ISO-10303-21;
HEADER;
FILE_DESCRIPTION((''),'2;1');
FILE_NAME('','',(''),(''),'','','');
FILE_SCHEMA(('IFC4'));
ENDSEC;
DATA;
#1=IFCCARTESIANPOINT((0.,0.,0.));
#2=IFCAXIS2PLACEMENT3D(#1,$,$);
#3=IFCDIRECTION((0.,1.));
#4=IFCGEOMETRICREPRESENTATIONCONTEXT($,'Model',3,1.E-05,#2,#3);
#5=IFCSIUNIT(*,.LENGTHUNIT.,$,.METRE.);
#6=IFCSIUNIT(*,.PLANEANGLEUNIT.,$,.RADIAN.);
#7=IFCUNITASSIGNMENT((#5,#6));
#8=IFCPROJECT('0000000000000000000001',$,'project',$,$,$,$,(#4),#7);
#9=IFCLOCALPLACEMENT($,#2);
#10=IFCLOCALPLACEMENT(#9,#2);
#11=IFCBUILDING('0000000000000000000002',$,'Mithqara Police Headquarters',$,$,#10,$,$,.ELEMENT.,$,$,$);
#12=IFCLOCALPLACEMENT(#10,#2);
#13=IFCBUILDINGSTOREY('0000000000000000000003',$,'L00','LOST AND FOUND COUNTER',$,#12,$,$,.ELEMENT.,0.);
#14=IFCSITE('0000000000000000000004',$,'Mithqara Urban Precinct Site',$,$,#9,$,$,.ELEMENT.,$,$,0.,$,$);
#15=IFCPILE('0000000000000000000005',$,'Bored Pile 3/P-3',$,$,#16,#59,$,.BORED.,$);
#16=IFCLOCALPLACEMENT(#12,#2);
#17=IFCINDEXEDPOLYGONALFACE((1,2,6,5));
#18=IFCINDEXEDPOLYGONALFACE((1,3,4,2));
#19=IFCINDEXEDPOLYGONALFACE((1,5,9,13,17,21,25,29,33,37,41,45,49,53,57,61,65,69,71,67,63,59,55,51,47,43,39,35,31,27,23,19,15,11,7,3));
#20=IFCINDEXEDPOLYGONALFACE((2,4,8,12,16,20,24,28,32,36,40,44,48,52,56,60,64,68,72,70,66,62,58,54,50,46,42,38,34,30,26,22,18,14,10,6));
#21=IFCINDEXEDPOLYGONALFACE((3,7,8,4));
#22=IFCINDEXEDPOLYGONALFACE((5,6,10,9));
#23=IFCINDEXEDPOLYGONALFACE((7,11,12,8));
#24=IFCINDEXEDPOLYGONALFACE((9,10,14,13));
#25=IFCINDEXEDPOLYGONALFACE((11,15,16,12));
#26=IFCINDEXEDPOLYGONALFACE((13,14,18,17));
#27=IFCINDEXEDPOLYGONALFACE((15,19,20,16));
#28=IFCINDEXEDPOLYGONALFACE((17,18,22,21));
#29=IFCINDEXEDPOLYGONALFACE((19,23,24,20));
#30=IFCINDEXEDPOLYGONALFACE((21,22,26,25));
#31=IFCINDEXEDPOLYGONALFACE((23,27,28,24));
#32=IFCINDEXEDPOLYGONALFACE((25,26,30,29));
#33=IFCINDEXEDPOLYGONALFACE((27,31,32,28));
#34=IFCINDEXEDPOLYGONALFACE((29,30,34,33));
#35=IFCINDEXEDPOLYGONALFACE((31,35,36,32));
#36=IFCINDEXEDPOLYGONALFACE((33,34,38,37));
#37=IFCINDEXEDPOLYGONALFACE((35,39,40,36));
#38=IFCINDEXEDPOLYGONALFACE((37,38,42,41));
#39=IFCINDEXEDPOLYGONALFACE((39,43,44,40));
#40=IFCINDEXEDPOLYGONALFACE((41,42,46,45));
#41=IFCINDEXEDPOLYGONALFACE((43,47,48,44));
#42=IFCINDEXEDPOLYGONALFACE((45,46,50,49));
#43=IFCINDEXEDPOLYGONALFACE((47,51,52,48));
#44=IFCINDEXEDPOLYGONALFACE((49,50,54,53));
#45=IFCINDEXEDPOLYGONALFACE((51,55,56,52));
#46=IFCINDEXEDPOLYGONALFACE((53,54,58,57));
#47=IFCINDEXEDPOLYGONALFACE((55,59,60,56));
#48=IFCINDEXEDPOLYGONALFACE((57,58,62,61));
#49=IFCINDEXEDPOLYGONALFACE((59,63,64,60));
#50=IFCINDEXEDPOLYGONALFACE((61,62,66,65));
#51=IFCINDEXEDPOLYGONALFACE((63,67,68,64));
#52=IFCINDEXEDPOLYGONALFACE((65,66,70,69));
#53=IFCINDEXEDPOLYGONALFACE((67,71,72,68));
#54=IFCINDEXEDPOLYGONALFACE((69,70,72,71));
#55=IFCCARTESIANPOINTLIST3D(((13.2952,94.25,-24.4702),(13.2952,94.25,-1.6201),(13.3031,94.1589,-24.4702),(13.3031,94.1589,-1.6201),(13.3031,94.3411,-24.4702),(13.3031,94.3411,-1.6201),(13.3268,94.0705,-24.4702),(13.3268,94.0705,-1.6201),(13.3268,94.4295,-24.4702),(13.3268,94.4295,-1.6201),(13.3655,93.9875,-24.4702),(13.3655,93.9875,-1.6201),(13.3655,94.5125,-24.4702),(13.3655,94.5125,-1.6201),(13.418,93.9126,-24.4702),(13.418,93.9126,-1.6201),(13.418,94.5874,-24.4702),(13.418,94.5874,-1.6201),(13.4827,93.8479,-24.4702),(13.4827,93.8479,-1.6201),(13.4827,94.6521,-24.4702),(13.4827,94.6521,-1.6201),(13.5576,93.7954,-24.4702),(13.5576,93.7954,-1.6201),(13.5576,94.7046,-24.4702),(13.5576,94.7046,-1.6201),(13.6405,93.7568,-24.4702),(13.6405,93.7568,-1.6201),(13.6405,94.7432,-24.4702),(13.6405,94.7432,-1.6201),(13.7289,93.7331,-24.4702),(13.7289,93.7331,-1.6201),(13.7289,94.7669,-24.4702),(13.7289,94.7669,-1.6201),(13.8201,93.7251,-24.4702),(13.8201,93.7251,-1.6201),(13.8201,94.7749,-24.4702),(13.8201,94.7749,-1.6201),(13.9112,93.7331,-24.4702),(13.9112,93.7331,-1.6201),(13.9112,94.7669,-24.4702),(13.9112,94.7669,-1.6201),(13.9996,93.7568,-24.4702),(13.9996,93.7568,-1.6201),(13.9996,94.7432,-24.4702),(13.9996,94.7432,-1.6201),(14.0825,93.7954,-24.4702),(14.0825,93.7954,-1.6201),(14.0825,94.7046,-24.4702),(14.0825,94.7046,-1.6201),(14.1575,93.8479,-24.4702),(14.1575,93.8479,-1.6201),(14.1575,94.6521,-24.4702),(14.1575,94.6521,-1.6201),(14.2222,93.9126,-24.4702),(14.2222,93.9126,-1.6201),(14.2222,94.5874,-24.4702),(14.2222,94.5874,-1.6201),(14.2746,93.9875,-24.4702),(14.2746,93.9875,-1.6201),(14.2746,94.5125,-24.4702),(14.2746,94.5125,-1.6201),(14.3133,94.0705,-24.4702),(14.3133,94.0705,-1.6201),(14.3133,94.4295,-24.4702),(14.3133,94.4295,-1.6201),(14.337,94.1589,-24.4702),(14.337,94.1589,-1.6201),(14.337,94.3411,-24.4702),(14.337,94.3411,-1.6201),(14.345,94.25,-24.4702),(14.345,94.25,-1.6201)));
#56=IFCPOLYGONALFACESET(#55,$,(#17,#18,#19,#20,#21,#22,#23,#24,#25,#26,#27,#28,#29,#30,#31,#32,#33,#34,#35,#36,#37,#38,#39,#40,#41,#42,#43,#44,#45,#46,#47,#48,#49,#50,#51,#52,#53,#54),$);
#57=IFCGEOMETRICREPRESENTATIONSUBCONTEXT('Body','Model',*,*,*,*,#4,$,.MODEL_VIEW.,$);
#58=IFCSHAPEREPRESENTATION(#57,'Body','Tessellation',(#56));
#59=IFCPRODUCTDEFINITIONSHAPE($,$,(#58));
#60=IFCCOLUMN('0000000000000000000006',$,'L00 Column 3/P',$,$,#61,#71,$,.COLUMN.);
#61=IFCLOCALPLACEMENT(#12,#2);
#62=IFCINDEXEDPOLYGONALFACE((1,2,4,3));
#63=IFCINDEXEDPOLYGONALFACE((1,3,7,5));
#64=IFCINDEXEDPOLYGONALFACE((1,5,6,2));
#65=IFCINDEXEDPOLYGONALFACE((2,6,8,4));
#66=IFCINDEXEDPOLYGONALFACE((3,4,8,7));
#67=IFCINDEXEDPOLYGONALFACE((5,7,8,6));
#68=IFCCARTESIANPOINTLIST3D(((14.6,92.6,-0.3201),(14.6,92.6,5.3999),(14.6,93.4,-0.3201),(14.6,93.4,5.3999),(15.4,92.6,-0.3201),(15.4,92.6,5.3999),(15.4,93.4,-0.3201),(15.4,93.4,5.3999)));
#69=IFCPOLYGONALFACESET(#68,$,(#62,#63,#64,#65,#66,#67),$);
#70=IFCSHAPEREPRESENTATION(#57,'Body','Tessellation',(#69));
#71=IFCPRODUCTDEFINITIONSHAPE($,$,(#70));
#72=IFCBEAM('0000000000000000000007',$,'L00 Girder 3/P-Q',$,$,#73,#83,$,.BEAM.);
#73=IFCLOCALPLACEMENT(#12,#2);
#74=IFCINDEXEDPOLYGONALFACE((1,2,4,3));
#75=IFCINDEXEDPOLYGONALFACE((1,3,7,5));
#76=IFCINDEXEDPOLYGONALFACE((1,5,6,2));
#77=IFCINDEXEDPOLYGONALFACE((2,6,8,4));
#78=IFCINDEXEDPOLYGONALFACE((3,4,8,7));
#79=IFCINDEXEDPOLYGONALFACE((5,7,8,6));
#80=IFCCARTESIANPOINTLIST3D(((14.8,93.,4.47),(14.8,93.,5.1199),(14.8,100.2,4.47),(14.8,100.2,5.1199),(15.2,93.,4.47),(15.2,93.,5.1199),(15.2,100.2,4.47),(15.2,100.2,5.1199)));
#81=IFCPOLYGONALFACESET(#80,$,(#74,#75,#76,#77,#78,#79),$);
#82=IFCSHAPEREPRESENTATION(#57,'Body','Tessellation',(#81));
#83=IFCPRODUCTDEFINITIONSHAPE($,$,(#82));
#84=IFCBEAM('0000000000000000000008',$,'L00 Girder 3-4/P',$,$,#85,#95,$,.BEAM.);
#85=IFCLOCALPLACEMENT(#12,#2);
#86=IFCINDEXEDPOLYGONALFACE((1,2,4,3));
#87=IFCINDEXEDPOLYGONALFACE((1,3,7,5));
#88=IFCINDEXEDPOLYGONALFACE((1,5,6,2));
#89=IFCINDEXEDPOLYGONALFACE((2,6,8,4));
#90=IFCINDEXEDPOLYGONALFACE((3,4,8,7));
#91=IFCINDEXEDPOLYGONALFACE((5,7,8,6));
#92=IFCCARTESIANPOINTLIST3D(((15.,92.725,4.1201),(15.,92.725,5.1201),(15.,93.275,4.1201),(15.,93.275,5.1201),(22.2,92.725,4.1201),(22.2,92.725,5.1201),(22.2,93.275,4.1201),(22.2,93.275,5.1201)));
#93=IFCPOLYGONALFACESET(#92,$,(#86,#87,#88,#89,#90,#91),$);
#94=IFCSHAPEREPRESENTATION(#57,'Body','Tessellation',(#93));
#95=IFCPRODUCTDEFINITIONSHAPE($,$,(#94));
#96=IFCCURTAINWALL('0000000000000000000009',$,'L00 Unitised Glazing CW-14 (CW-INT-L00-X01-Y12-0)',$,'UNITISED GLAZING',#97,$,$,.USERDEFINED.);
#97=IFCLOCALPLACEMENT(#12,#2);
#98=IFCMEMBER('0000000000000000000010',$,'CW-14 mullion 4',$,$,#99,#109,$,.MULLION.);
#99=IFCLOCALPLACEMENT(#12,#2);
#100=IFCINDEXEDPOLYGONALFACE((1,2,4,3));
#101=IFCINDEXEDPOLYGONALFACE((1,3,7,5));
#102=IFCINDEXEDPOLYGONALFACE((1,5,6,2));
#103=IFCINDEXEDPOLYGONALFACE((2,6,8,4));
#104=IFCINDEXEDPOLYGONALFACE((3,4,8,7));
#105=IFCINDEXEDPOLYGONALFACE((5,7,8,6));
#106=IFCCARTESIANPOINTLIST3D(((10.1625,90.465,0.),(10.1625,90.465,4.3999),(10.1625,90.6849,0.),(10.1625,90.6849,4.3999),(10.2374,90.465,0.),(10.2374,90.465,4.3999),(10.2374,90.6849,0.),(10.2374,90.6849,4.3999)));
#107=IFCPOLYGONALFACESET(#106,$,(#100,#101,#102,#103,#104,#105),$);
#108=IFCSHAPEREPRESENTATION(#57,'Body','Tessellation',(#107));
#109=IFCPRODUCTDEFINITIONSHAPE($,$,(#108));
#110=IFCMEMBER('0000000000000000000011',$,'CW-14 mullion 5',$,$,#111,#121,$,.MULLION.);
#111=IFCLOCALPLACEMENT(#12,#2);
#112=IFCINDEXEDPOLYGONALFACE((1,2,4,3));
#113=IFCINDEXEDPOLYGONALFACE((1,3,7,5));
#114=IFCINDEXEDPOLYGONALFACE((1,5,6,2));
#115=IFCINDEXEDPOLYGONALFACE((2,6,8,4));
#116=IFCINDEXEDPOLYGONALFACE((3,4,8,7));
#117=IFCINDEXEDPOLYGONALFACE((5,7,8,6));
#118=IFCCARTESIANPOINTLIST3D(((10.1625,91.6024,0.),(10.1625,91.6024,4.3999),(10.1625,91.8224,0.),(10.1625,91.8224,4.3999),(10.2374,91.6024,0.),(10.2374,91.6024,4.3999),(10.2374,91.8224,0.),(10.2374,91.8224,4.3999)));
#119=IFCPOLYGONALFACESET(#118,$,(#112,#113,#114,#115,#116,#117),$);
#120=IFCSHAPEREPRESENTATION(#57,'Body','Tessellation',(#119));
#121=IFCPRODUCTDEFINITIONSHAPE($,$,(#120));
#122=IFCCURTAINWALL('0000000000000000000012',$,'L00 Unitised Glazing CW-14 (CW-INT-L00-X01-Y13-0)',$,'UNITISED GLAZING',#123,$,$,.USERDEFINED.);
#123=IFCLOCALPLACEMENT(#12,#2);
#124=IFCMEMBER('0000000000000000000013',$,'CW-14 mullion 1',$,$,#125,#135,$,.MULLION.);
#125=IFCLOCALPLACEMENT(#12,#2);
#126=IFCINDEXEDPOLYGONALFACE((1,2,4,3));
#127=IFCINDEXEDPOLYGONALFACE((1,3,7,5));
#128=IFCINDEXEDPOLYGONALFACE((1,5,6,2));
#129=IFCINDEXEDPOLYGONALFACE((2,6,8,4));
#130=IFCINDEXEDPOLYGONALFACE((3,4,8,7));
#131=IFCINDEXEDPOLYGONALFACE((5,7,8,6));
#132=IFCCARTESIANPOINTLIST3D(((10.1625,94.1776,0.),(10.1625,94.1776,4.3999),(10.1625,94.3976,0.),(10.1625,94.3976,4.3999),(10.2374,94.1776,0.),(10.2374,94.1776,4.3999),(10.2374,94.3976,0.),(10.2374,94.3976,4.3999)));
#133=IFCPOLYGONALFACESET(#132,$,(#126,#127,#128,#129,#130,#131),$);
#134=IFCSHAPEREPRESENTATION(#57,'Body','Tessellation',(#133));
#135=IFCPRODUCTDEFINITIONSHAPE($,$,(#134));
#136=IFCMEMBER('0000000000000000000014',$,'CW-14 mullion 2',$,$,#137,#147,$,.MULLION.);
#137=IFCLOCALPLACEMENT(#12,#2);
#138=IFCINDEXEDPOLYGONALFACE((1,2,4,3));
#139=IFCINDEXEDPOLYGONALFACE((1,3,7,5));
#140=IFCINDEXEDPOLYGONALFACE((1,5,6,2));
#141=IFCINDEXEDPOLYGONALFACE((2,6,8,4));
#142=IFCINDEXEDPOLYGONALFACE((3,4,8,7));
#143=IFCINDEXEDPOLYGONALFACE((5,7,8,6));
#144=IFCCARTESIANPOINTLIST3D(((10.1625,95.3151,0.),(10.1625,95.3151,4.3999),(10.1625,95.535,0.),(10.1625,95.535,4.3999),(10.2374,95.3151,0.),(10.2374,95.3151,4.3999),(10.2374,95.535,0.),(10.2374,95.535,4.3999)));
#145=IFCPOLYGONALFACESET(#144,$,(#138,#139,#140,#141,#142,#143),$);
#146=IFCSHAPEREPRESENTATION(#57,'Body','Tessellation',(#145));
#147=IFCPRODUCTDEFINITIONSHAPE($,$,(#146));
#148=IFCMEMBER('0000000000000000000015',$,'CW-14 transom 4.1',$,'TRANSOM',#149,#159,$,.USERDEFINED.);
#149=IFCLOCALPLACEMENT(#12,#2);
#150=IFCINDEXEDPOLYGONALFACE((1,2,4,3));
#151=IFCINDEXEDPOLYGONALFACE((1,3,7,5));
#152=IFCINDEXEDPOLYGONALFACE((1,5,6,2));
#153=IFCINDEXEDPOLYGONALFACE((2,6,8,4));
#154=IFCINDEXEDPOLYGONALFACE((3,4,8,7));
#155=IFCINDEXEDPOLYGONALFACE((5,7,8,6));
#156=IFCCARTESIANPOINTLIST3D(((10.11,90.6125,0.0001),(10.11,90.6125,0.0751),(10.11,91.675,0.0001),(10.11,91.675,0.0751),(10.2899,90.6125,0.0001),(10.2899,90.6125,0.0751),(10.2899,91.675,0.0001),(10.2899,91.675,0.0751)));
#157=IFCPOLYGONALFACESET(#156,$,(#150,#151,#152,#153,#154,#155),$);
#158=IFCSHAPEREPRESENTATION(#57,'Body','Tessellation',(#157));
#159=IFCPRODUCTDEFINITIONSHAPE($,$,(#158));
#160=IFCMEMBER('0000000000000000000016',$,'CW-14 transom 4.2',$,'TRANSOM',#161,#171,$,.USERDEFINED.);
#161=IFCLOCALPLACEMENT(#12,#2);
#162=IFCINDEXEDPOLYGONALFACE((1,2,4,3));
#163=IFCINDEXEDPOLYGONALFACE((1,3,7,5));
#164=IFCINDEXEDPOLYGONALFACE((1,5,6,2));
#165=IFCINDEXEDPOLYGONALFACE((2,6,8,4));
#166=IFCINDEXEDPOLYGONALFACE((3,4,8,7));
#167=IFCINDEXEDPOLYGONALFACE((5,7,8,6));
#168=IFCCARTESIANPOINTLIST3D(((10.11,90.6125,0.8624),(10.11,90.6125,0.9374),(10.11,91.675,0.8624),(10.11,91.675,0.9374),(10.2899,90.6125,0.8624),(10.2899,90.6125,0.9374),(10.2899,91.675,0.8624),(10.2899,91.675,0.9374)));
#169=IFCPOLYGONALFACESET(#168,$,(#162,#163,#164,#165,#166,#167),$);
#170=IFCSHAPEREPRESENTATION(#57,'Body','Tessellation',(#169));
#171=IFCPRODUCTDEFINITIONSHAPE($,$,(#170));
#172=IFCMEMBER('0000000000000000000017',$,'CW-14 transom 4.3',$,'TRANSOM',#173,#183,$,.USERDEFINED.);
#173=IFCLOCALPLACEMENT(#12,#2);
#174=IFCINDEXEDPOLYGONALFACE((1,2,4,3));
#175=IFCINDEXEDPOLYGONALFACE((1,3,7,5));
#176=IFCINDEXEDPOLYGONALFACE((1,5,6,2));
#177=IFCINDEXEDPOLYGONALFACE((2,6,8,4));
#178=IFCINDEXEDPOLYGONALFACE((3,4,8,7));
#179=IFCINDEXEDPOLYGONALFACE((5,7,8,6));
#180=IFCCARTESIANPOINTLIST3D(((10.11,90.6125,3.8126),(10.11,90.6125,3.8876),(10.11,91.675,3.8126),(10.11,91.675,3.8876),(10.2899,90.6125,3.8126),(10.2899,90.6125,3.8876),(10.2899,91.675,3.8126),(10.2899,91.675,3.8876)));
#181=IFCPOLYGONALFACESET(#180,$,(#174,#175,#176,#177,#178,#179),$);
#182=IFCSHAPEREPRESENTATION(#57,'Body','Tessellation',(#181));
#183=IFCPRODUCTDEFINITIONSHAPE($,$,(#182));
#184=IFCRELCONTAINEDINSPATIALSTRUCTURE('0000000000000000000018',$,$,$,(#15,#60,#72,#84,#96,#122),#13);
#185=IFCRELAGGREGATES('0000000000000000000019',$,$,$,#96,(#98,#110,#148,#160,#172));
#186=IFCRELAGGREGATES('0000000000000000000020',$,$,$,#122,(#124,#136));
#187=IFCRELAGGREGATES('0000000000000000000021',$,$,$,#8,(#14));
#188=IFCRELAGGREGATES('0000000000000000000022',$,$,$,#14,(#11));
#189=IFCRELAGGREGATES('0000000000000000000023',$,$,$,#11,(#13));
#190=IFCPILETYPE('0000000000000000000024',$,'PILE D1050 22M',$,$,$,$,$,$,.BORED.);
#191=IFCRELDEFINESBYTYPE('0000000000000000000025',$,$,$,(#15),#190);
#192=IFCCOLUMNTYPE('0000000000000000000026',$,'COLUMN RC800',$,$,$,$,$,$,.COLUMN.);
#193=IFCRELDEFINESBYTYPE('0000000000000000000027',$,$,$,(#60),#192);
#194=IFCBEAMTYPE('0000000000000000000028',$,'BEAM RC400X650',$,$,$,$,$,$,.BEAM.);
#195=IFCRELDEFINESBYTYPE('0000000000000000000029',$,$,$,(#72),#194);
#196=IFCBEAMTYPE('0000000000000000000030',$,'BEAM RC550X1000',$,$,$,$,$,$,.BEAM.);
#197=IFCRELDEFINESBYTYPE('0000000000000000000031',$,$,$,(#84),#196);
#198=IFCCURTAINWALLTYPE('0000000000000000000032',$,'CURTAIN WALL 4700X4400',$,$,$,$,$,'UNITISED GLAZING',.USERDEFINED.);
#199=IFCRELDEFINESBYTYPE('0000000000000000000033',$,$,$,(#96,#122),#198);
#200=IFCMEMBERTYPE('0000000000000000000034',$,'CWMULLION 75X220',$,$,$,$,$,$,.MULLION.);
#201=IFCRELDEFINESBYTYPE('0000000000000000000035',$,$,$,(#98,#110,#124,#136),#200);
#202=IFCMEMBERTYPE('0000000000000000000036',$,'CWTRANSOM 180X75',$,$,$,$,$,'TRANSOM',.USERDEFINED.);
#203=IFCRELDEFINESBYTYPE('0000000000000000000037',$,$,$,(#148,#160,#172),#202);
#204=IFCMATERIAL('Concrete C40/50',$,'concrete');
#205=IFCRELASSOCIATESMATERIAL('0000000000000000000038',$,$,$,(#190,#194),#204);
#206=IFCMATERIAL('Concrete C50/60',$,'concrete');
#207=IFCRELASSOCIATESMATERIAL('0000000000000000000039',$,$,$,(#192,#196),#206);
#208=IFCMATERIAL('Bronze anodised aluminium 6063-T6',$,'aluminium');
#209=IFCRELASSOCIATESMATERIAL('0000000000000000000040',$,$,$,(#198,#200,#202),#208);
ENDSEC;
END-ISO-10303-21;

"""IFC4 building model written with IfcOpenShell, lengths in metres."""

from ifc_helpers import new_model, si_unit, direction, frame, origin, origin_2d, place, context, subcontext, project, spatial, rectangle, circle, extrude, material, material_profile, profile_set, type_object, element, aggregate, save


model = new_model("IFC4")

# Units and contexts
model_context = context("Model", 3, precision=1e-05, world=origin(), true_north=direction((0.0, 1.0)))
body_context = subcontext(model_context, "Body", "Model", "MODEL_VIEW")
ifc_project = project(units=[si_unit("LENGTHUNIT", "METRE"), si_unit("PLANEANGLEUNIT", "RADIAN")], contexts=[model_context])

# Site, building, storey
site_placement = place(None, origin())
site = spatial("IfcSite", under=ifc_project, at=site_placement, Name="Mithqara Urban Precinct Site", CompositionType="ELEMENT", RefElevation=0.0)
building_placement = place(site_placement, origin())
building = spatial("IfcBuilding", under=site, at=building_placement, Name="Mithqara Police Headquarters", CompositionType="ELEMENT")
storey_placement = place(building_placement, origin())
storey = spatial("IfcBuildingStorey", under=building, at=storey_placement, Name="L00", Description="LOST AND FOUND COUNTER", CompositionType="ELEMENT", Elevation=0.0)

# Shared definitions
ifc_material_1 = material(Name="Concrete C40/50", Category="concrete")

# Pile
ifc_material_profile_1 = material_profile(ifc_material_1, circle(Radius=0.5249, at=origin_2d()), Name="PILE D1050")
ifc_profile_set_1 = profile_set([ifc_material_profile_1], Name="Concrete C40/50")
pile_type = type_object("IfcPileType", Name="PILE D1050 22M", PredefinedType="BORED", material=ifc_profile_set_1)
for number, where, z_axis, x_axis, name in (
    (1, (13.8201, 94.25, -1.6201), (0.0, 0.0, -1.0), (1.0, 0.0, 0.0), "Bored Pile 3/P-3"),
):
    element("IfcPile", number, at=place(storey_placement, frame(where, z_axis=z_axis, x_axis=x_axis)), inside=storey, type_object=pile_type, Name=name, PredefinedType="BORED", context=body_context, shape_type="SweptSolid", body=[
        extrude(circle(Radius=0.5249, at=origin_2d()), origin(), (0.0, 0.0, 1.0), 22.8501),
    ])

# Column
ifc_material_2 = material(Name="Concrete C50/60", Category="concrete")
ifc_material_profile_2 = material_profile(ifc_material_2, rectangle(XDim=0.8, YDim=0.8, at=origin_2d()), Name="RC 800x800")
ifc_profile_set_2 = profile_set([ifc_material_profile_2], Name="Concrete C50/60")
column_type = type_object("IfcColumnType", Name="COLUMN RC800", PredefinedType="COLUMN", material=ifc_profile_set_2)
column_placement = place(storey_placement, frame((15.0, 93.0, -0.3201), z_axis=(0.0, 0.0, 1.0), x_axis=(1.0, 0.0, 0.0)))
element("IfcColumn", 2, at=column_placement, inside=storey, type_object=column_type, Name="L00 Column 3/P", PredefinedType="COLUMN", context=body_context, shape_type="SweptSolid", body=[
    extrude(rectangle(XDim=0.8, YDim=0.8, at=origin_2d()), origin(), (0.0, 0.0, 1.0), 5.72),
])

# Beams
ifc_material_profile_3 = material_profile(ifc_material_1, rectangle(XDim=0.3999, YDim=0.6499, at=origin_2d()), Name="RC 400x650")
ifc_profile_set_3 = profile_set([ifc_material_profile_3], Name="Concrete C40/50")
beam_type_1 = type_object("IfcBeamType", Name="BEAM RC400X650", PredefinedType="BEAM", material=ifc_profile_set_3)
beam_1_placement = place(storey_placement, frame((15.0, 93.0, 4.7949), z_axis=(0.0, 1.0, 0.0), x_axis=(-1.0, 0.0, 0.0)))
element("IfcBeam", 3, at=beam_1_placement, inside=storey, type_object=beam_type_1, Name="L00 Girder 3/P-Q", PredefinedType="BEAM", context=body_context, shape_type="SweptSolid", body=[
    extrude(rectangle(XDim=0.3999, YDim=0.6499, at=origin_2d()), origin(), (0.0, 0.0, 1.0), 7.2),
])
ifc_material_profile_4 = material_profile(ifc_material_2, rectangle(XDim=0.55, YDim=1.0, at=origin_2d()), Name="RC 550x1000")
ifc_profile_set_4 = profile_set([ifc_material_profile_4], Name="Concrete C50/60")
beam_type_2 = type_object("IfcBeamType", Name="BEAM RC550X1000", PredefinedType="BEAM", material=ifc_profile_set_4)
beam_2_placement = place(storey_placement, frame((15.0, 93.0, 4.6201), z_axis=(1.0, 0.0, 0.0), x_axis=(0.0, 1.0, 0.0)))
element("IfcBeam", 4, at=beam_2_placement, inside=storey, type_object=beam_type_2, Name="L00 Girder 3-4/P", PredefinedType="BEAM", context=body_context, shape_type="SweptSolid", body=[
    extrude(rectangle(XDim=0.55, YDim=1.0, at=origin_2d()), origin(), (0.0, 0.0, 1.0), 7.2),
])

# Curtain walls, members
ifc_material_3 = material(Name="Bronze anodised aluminium 6063-T6", Category="aluminium")
curtain_wall_type = type_object("IfcCurtainWallType", Name="CURTAIN WALL 4700X4400", ElementType="UNITISED GLAZING", PredefinedType="USERDEFINED", material=ifc_material_3)
curtain_wall_1_placement = place(storey_placement, origin())
curtain_wall_1 = element("IfcCurtainWall", 5, at=curtain_wall_1_placement, inside=storey, type_object=curtain_wall_type, Name="L00 Unitised Glazing CW-14 (CW-INT-L00-X01-Y12-0)", ObjectType="UNITISED GLAZING", PredefinedType="USERDEFINED")
ifc_material_profile_5 = material_profile(ifc_material_3, rectangle(XDim=0.075, YDim=0.22, at=origin_2d()), Name="CWM 75x220")
ifc_profile_set_5 = profile_set([ifc_material_profile_5], Name="Bronze anodised aluminium 6063-T6")
member_type_1 = type_object("IfcMemberType", Name="CWMULLION 75X220", PredefinedType="MULLION", material=ifc_profile_set_5)
member_1_placement = place(storey_placement, frame((10.2, 90.575, 0.0), z_axis=(0.0, 0.0, 1.0), x_axis=(-1.0, 0.0, 0.0)))
member_1 = element("IfcMember", 6, at=member_1_placement, type_object=member_type_1, Name="CW-14 mullion 4", PredefinedType="MULLION", context=body_context, shape_type="SweptSolid", body=[
    extrude(rectangle(XDim=0.075, YDim=0.22, at=origin_2d()), origin(), (0.0, 0.0, 1.0), 4.3999),
])
member_2_placement = place(storey_placement, frame((10.2, 91.7124, 0.0), z_axis=(0.0, 0.0, 1.0), x_axis=(-1.0, 0.0, 0.0)))
member_2 = element("IfcMember", 7, at=member_2_placement, type_object=member_type_1, Name="CW-14 mullion 5", PredefinedType="MULLION", context=body_context, shape_type="SweptSolid", body=[
    extrude(rectangle(XDim=0.075, YDim=0.22, at=origin_2d()), origin(), (0.0, 0.0, 1.0), 4.3999),
])
curtain_wall_2_placement = place(storey_placement, origin())
curtain_wall_2 = element("IfcCurtainWall", 8, at=curtain_wall_2_placement, inside=storey, type_object=curtain_wall_type, Name="L00 Unitised Glazing CW-14 (CW-INT-L00-X01-Y13-0)", ObjectType="UNITISED GLAZING", PredefinedType="USERDEFINED")
member_3_placement = place(storey_placement, frame((10.2, 94.2876, 0.0), z_axis=(0.0, 0.0, 1.0), x_axis=(-1.0, 0.0, 0.0)))
member_3 = element("IfcMember", 9, at=member_3_placement, type_object=member_type_1, Name="CW-14 mullion 1", PredefinedType="MULLION", context=body_context, shape_type="SweptSolid", body=[
    extrude(rectangle(XDim=0.075, YDim=0.22, at=origin_2d()), origin(), (0.0, 0.0, 1.0), 4.3999),
])
member_4_placement = place(storey_placement, frame((10.2, 95.425, 0.0), z_axis=(0.0, 0.0, 1.0), x_axis=(-1.0, 0.0, 0.0)))
member_4 = element("IfcMember", 10, at=member_4_placement, type_object=member_type_1, Name="CW-14 mullion 2", PredefinedType="MULLION", context=body_context, shape_type="SweptSolid", body=[
    extrude(rectangle(XDim=0.075, YDim=0.22, at=origin_2d()), origin(), (0.0, 0.0, 1.0), 4.3999),
])

# Members
ifc_material_profile_6 = material_profile(ifc_material_3, rectangle(XDim=0.1799, YDim=0.075, at=origin_2d()), Name="CWT 180x75")
ifc_profile_set_6 = profile_set([ifc_material_profile_6], Name="Bronze anodised aluminium 6063-T6")
member_type_2 = type_object("IfcMemberType", Name="CWTRANSOM 180X75", ElementType="TRANSOM", PredefinedType="USERDEFINED", material=ifc_profile_set_6)
member_5_placement = place(storey_placement, frame((10.2, 90.6125, 0.0376), z_axis=(0.0, 1.0, 0.0), x_axis=(-1.0, 0.0, 0.0)))
member_5 = element("IfcMember", 11, at=member_5_placement, type_object=member_type_2, Name="CW-14 transom 4.1", ObjectType="TRANSOM", PredefinedType="USERDEFINED", context=body_context, shape_type="SweptSolid", body=[
    extrude(rectangle(XDim=0.1799, YDim=0.075, at=origin_2d()), origin(), (0.0, 0.0, 1.0), 1.0625),
])
member_6_placement = place(storey_placement, frame((10.2, 90.6125, 0.8999), z_axis=(0.0, 1.0, 0.0), x_axis=(-1.0, 0.0, 0.0)))
member_6 = element("IfcMember", 12, at=member_6_placement, type_object=member_type_2, Name="CW-14 transom 4.2", ObjectType="TRANSOM", PredefinedType="USERDEFINED", context=body_context, shape_type="SweptSolid", body=[
    extrude(rectangle(XDim=0.1799, YDim=0.075, at=origin_2d()), origin(), (0.0, 0.0, 1.0), 1.0625),
])
member_7_placement = place(storey_placement, frame((10.2, 90.6125, 3.8501), z_axis=(0.0, 1.0, 0.0), x_axis=(-1.0, 0.0, 0.0)))
member_7 = element("IfcMember", 13, at=member_7_placement, type_object=member_type_2, Name="CW-14 transom 4.3", ObjectType="TRANSOM", PredefinedType="USERDEFINED", context=body_context, shape_type="SweptSolid", body=[
    extrude(rectangle(XDim=0.1799, YDim=0.075, at=origin_2d()), origin(), (0.0, 0.0, 1.0), 1.0625),
])

aggregate(curtain_wall_1, [member_1, member_2, member_5, member_6, member_7])
aggregate(curtain_wall_2, [member_3, member_4])

save(model, "model.ifc")
